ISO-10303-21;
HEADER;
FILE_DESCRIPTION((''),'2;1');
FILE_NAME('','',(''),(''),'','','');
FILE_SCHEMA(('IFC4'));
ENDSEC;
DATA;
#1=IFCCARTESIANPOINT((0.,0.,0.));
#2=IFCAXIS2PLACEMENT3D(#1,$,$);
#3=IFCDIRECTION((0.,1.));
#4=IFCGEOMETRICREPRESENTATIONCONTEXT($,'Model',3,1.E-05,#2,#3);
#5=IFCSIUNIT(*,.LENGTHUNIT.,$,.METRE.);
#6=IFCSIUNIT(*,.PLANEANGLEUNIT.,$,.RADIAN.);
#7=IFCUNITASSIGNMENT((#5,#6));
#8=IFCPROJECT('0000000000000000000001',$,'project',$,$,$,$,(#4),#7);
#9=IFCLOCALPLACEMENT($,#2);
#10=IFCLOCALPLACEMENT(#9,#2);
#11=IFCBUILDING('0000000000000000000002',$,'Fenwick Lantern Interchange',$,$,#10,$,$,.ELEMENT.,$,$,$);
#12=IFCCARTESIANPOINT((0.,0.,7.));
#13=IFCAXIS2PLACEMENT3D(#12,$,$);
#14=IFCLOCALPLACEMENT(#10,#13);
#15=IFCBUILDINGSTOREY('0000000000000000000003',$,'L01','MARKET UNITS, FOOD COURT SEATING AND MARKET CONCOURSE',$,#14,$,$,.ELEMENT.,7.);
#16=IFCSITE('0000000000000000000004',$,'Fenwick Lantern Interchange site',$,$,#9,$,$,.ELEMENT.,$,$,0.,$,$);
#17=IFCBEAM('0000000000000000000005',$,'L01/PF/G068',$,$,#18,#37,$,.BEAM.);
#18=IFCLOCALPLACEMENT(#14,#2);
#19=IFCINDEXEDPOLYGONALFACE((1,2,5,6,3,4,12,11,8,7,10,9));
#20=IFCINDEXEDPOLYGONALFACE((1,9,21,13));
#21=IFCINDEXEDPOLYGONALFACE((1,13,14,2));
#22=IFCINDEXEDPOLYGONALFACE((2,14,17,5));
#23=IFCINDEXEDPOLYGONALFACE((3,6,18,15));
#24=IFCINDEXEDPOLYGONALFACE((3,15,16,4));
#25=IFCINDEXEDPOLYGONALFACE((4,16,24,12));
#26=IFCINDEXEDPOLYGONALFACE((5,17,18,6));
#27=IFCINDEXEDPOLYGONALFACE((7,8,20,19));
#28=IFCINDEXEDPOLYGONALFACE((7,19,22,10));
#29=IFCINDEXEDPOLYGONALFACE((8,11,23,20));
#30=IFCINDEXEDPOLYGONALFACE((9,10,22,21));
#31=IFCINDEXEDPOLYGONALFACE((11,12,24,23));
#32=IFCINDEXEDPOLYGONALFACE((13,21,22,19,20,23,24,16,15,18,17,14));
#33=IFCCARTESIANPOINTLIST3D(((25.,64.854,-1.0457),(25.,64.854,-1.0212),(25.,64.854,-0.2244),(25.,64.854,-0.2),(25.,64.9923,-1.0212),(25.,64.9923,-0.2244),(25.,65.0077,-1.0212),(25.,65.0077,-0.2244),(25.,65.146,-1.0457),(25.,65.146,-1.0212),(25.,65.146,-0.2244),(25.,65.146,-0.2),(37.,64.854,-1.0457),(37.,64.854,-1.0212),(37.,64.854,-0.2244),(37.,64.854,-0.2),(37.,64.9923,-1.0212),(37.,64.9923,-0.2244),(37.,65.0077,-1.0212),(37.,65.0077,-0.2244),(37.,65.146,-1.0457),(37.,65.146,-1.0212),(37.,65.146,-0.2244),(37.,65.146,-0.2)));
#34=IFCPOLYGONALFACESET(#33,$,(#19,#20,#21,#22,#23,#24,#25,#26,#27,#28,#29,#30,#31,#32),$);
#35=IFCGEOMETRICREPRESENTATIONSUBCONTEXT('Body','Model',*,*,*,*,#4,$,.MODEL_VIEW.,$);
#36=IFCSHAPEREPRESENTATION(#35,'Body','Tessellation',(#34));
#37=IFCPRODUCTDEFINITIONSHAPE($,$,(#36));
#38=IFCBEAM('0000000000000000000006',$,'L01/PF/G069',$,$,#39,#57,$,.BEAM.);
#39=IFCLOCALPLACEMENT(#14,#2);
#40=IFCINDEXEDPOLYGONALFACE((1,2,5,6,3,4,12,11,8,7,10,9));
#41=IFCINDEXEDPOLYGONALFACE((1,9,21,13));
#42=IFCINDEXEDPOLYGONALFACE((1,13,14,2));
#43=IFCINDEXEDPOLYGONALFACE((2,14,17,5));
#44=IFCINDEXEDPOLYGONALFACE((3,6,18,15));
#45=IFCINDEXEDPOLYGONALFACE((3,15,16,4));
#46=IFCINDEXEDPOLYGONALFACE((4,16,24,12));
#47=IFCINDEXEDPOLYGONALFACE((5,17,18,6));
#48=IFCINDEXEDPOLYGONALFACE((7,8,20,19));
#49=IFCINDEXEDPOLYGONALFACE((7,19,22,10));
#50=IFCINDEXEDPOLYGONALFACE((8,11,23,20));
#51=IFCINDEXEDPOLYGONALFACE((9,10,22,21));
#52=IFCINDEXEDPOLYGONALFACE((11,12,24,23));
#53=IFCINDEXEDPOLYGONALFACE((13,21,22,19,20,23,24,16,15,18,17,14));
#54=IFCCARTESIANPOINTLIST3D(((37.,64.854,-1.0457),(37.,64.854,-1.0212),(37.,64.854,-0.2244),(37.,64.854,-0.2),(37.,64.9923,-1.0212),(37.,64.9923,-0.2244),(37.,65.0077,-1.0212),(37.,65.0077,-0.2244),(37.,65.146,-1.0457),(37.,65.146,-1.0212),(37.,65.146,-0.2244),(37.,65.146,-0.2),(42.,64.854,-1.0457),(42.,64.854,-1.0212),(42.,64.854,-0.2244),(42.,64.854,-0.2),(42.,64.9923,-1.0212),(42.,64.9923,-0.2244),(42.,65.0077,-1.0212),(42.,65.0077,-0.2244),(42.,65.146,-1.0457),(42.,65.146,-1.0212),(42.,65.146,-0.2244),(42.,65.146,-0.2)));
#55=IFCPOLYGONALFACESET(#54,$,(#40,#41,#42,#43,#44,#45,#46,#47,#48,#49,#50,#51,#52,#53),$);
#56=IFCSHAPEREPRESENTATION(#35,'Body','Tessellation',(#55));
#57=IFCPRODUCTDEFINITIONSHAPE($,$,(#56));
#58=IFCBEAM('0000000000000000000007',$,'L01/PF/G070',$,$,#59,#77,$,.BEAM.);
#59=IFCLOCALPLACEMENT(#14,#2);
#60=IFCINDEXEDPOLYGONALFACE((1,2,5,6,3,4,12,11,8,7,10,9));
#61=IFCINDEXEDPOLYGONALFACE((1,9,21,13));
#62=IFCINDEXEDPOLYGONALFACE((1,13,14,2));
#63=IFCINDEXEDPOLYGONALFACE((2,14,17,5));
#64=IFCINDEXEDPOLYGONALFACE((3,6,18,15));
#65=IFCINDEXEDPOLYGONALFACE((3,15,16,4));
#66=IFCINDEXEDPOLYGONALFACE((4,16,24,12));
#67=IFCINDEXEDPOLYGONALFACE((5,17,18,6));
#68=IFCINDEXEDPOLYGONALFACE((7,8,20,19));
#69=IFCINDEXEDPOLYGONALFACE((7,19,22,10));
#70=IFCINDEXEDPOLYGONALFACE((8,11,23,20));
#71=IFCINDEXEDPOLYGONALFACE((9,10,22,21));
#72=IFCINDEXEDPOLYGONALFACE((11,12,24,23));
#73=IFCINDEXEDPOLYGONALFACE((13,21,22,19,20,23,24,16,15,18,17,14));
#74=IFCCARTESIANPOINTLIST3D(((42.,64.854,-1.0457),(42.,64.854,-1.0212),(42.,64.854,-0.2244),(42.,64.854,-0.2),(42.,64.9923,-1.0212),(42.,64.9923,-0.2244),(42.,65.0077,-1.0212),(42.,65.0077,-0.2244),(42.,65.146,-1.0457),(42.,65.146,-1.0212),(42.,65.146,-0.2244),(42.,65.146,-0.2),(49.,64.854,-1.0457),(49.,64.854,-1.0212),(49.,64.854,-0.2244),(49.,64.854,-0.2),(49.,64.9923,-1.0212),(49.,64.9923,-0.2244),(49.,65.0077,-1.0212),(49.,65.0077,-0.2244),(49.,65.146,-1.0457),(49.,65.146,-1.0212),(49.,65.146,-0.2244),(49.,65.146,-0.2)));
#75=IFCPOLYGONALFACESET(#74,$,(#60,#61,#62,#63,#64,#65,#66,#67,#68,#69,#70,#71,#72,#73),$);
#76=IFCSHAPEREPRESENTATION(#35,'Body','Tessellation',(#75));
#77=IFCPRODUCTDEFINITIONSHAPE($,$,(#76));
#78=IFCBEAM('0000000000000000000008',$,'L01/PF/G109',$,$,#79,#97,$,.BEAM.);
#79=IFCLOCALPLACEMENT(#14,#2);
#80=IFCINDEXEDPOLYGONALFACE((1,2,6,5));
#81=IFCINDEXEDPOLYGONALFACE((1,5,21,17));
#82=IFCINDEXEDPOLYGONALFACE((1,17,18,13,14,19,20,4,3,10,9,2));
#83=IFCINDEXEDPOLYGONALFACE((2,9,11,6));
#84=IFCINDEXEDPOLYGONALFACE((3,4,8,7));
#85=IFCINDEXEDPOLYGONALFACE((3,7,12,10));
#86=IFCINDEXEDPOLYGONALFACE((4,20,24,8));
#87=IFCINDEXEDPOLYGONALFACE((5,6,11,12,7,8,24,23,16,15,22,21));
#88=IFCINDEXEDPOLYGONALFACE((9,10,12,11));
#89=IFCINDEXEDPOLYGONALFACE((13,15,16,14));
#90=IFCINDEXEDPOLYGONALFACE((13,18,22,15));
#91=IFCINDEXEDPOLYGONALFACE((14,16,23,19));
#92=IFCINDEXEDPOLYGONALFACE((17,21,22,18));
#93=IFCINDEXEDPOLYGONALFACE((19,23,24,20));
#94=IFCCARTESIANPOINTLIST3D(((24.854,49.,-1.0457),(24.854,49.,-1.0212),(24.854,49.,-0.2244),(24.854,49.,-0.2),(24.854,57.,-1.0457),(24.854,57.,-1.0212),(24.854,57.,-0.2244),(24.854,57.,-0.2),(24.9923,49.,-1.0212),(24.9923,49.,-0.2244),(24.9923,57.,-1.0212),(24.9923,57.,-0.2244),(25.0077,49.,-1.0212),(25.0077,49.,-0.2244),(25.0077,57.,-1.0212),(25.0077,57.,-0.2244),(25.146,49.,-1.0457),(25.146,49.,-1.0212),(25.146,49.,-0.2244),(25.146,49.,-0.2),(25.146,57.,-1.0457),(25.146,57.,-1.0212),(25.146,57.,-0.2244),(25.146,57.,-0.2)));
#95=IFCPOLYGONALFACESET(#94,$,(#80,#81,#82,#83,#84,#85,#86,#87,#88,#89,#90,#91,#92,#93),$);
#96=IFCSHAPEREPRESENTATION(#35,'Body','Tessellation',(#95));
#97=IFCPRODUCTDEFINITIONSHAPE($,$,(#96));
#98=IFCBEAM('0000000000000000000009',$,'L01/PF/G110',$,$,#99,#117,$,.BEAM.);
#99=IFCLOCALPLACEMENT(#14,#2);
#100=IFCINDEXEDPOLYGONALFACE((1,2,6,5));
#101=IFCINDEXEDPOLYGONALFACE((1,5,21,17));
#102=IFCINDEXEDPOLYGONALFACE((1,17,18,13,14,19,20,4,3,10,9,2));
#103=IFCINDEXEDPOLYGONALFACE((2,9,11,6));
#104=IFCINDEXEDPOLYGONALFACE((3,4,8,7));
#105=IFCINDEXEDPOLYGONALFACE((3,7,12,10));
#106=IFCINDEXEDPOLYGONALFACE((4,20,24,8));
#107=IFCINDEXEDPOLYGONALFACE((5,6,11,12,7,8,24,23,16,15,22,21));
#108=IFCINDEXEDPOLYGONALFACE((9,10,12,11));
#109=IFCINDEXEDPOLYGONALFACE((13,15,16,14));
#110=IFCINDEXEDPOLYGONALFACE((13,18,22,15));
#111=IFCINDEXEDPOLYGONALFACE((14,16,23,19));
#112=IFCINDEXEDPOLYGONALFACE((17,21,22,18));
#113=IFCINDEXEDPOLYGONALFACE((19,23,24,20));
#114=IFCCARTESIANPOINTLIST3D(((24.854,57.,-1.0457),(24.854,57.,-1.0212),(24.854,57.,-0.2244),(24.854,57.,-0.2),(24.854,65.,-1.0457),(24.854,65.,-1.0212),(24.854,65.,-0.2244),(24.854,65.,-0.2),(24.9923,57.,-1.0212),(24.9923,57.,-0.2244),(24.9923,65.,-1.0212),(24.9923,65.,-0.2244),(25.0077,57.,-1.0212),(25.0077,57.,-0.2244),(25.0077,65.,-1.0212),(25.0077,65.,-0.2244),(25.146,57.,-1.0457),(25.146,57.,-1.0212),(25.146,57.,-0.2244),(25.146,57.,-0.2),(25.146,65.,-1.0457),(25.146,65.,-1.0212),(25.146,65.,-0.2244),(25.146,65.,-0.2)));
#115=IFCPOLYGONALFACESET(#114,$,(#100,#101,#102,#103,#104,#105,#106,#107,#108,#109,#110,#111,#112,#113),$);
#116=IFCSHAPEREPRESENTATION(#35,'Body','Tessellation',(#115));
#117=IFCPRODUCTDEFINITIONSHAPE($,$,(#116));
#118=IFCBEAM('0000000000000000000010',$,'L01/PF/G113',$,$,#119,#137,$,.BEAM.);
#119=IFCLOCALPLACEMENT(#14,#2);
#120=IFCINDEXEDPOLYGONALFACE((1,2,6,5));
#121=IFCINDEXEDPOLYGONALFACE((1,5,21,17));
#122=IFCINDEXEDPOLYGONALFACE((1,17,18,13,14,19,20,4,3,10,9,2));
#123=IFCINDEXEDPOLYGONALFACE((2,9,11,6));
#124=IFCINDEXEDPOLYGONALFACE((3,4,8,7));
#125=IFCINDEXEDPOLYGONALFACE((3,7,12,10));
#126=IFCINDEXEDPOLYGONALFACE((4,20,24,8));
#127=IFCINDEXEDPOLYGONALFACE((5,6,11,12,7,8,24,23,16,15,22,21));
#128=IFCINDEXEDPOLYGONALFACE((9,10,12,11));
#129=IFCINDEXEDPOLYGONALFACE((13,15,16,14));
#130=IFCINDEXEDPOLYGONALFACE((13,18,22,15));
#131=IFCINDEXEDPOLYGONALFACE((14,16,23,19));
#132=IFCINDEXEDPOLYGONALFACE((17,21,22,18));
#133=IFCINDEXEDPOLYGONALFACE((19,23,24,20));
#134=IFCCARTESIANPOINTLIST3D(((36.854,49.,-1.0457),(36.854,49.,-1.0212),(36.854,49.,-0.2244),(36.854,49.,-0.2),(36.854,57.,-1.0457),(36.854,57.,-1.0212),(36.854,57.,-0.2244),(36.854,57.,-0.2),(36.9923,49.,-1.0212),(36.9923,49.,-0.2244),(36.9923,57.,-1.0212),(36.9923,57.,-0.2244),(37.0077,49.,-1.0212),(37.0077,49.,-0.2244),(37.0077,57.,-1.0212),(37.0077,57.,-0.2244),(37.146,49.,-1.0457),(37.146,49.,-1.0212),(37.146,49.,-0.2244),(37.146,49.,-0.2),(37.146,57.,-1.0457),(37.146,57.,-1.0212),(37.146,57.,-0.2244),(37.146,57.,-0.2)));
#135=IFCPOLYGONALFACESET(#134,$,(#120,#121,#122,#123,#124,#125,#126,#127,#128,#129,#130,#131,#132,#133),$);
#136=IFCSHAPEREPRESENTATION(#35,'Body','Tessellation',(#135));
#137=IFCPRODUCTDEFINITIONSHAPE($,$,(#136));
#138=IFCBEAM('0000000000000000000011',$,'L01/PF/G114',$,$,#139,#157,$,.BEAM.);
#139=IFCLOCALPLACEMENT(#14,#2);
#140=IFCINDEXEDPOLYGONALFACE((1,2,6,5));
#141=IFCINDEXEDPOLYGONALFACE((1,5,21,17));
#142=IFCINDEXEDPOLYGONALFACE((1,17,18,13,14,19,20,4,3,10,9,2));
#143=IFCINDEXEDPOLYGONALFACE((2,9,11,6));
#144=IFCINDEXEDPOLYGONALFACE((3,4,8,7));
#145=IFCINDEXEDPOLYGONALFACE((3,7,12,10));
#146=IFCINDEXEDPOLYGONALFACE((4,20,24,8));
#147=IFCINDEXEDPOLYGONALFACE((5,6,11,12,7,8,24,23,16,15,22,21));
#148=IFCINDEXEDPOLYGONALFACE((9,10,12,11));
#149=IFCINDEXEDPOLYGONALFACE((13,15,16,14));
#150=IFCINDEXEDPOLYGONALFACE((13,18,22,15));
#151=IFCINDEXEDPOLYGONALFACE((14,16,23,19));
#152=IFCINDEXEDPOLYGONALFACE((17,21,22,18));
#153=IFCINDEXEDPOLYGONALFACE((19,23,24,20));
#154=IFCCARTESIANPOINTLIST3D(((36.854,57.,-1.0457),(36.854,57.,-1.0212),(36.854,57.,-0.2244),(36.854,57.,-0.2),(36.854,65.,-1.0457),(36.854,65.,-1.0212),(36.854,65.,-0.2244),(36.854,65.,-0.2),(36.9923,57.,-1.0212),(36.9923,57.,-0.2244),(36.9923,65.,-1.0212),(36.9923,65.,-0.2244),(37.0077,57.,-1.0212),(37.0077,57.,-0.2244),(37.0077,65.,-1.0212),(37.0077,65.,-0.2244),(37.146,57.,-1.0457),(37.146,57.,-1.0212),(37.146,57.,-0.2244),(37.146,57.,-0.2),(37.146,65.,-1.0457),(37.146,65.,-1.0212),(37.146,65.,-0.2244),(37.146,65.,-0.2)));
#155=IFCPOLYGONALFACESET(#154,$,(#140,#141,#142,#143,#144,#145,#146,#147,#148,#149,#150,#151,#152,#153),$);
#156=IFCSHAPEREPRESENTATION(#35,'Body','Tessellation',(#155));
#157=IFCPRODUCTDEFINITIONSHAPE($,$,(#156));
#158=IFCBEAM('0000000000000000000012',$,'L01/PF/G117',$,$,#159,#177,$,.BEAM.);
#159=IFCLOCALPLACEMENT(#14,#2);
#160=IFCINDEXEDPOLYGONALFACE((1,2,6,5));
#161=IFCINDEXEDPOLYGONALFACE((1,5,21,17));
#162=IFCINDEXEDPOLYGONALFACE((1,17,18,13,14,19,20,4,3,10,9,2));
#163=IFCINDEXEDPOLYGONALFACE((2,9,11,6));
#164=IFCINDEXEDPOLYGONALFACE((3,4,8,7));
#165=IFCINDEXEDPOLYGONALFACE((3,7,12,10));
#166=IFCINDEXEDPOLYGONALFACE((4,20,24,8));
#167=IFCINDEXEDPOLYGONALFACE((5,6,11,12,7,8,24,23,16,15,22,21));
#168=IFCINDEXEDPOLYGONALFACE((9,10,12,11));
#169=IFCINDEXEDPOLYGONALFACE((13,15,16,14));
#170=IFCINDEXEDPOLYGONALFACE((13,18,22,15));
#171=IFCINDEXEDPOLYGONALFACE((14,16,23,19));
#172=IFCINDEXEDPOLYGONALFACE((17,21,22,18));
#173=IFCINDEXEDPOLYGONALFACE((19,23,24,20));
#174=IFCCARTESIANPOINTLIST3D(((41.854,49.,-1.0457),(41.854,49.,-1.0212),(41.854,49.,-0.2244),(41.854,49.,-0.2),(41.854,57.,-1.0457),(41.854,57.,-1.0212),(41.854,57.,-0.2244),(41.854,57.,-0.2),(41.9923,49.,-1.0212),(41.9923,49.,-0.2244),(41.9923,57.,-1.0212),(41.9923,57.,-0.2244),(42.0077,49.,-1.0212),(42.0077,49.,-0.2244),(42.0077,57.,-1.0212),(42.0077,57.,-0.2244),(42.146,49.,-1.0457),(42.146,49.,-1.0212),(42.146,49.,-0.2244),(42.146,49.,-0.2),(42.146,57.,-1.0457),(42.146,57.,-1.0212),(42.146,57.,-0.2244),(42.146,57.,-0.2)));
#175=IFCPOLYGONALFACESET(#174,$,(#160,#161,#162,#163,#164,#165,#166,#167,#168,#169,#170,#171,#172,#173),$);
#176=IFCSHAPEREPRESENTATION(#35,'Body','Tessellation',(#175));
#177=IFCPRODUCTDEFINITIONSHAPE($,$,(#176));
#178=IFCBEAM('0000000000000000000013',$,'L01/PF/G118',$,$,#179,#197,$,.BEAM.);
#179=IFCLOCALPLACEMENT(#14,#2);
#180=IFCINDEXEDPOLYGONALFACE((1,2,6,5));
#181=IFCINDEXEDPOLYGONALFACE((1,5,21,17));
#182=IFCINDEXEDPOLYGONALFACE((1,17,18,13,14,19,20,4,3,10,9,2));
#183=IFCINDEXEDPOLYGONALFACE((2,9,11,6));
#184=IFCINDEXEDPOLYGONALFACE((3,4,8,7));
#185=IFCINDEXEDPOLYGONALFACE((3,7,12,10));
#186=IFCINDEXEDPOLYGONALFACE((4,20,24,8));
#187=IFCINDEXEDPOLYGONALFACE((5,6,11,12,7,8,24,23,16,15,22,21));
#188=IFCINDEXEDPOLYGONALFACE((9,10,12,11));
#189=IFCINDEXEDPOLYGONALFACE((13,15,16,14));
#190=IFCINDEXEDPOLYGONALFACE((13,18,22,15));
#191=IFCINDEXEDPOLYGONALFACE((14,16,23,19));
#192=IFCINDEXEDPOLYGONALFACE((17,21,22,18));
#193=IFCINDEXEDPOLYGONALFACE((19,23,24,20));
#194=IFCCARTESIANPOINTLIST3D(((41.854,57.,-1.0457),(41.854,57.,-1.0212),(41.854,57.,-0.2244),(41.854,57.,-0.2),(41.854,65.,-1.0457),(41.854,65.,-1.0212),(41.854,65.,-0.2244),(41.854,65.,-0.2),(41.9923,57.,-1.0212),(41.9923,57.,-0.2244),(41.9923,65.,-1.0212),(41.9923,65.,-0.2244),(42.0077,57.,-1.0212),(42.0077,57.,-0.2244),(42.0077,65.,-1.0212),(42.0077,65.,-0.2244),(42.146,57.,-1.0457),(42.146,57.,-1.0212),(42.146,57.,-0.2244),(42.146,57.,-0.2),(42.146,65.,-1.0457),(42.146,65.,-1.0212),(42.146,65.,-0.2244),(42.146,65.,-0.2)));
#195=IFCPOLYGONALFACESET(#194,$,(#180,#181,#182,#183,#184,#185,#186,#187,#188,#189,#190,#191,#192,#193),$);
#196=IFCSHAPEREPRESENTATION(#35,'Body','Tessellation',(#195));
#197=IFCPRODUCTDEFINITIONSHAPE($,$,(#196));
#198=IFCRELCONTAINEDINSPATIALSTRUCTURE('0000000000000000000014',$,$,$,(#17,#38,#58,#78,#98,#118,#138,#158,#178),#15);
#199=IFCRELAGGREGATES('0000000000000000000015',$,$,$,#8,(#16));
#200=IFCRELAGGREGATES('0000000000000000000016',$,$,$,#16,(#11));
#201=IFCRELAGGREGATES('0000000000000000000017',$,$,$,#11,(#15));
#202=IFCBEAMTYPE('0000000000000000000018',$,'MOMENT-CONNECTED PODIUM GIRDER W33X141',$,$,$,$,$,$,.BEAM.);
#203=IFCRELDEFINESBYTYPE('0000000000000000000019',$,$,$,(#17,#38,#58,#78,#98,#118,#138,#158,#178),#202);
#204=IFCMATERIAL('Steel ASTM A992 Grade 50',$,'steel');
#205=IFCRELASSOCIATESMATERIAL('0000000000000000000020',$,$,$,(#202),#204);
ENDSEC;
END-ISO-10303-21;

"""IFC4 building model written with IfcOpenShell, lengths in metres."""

from ifc_helpers import new_model, si_unit, direction, frame, origin, origin_2d, place, context, subcontext, project, spatial, i_section, extrude, material, material_profile, profile_set, type_object, element, save


model = new_model("IFC4")

# Units and contexts
model_context = context("Model", 3, precision=1e-05, world=origin(), true_north=direction((0.0, 1.0)))
body_context = subcontext(model_context, "Body", "Model", "MODEL_VIEW")
ifc_project = project(units=[si_unit("LENGTHUNIT", "METRE"), si_unit("PLANEANGLEUNIT", "RADIAN")], contexts=[model_context])

# Site, building, storey
site_placement = place(None, origin())
site = spatial("IfcSite", under=ifc_project, at=site_placement, Name="Fenwick Lantern Interchange site", CompositionType="ELEMENT", RefElevation=0.0)
building_placement = place(site_placement, origin())
building = spatial("IfcBuilding", under=site, at=building_placement, Name="Fenwick Lantern Interchange", CompositionType="ELEMENT")
storey_placement = place(building_placement, frame((0.0, 0.0, 7.0)))
storey = spatial("IfcBuildingStorey", under=building, at=storey_placement, Name="L01", Description="MARKET UNITS, FOOD COURT SEATING AND MARKET CONCOURSE", CompositionType="ELEMENT", Elevation=7.0)

# Shared definitions
ifc_material_1 = material(Name="Steel ASTM A992 Grade 50", Category="steel")

# Beams
ifc_material_profile_1 = material_profile(ifc_material_1, i_section(OverallWidth=0.292, OverallDepth=0.8457, WebThickness=0.0154, FlangeThickness=0.0244, at=origin_2d()), Name="W33X141")
ifc_profile_set_1 = profile_set([ifc_material_profile_1], Name="Steel ASTM A992 Grade 50")
beam_type_1 = type_object("IfcBeamType", Name="MOMENT-CONNECTED PODIUM GIRDER W33X141", PredefinedType="BEAM", material=ifc_profile_set_1)
beam_1_placement = place(storey_placement, frame((25.0, 65.0, -0.6228), z_axis=(1.0, 0.0, 0.0), x_axis=(0.0, 1.0, 0.0)))
element("IfcBeam", 1, at=beam_1_placement, inside=storey, type_object=beam_type_1, Name="L01/PF/G068", PredefinedType="BEAM", context=body_context, shape_type="SweptSolid", body=[
    extrude(i_section(OverallWidth=0.292, OverallDepth=0.8457, WebThickness=0.0154, FlangeThickness=0.0244, at=origin_2d()), origin(), (0.0, 0.0, 1.0), 12.0),
])
beam_2_placement = place(storey_placement, frame((37.0, 65.0, -0.6228), z_axis=(1.0, 0.0, 0.0), x_axis=(0.0, 1.0, 0.0)))
element("IfcBeam", 2, at=beam_2_placement, inside=storey, type_object=beam_type_1, Name="L01/PF/G069", PredefinedType="BEAM", context=body_context, shape_type="SweptSolid", body=[
    extrude(i_section(OverallWidth=0.292, OverallDepth=0.8457, WebThickness=0.0154, FlangeThickness=0.0244, at=origin_2d()), origin(), (0.0, 0.0, 1.0), 5.0),
])
beam_3_placement = place(storey_placement, frame((42.0, 65.0, -0.6228), z_axis=(1.0, 0.0, 0.0), x_axis=(0.0, 1.0, 0.0)))
element("IfcBeam", 3, at=beam_3_placement, inside=storey, type_object=beam_type_1, Name="L01/PF/G070", PredefinedType="BEAM", context=body_context, shape_type="SweptSolid", body=[
    extrude(i_section(OverallWidth=0.292, OverallDepth=0.8457, WebThickness=0.0154, FlangeThickness=0.0244, at=origin_2d()), origin(), (0.0, 0.0, 1.0), 7.0),
])
for number, where, z_axis, x_axis, name in (
    (4, (25.0, 49.0, -0.6228), (0.0, 1.0, 0.0), (-1.0, 0.0, 0.0), "L01/PF/G109"),
    (5, (25.0, 57.0, -0.6228), (0.0, 1.0, 0.0), (-1.0, 0.0, 0.0), "L01/PF/G110"),
    (6, (37.0, 49.0, -0.6228), (0.0, 1.0, 0.0), (-1.0, 0.0, 0.0), "L01/PF/G113"),
    (7, (37.0, 57.0, -0.6228), (0.0, 1.0, 0.0), (-1.0, 0.0, 0.0), "L01/PF/G114"),
    (8, (42.0, 49.0, -0.6228), (0.0, 1.0, 0.0), (-1.0, 0.0, 0.0), "L01/PF/G117"),
    (9, (42.0, 57.0, -0.6228), (0.0, 1.0, 0.0), (-1.0, 0.0, 0.0), "L01/PF/G118"),
):
    element("IfcBeam", number, at=place(storey_placement, frame(where, z_axis=z_axis, x_axis=x_axis)), inside=storey, type_object=beam_type_1, Name=name, PredefinedType="BEAM", context=body_context, shape_type="SweptSolid", body=[
        extrude(i_section(OverallWidth=0.292, OverallDepth=0.8457, WebThickness=0.0154, FlangeThickness=0.0244, at=origin_2d()), origin(), (0.0, 0.0, 1.0), 8.0),
    ])

save(model, "model.ifc")
